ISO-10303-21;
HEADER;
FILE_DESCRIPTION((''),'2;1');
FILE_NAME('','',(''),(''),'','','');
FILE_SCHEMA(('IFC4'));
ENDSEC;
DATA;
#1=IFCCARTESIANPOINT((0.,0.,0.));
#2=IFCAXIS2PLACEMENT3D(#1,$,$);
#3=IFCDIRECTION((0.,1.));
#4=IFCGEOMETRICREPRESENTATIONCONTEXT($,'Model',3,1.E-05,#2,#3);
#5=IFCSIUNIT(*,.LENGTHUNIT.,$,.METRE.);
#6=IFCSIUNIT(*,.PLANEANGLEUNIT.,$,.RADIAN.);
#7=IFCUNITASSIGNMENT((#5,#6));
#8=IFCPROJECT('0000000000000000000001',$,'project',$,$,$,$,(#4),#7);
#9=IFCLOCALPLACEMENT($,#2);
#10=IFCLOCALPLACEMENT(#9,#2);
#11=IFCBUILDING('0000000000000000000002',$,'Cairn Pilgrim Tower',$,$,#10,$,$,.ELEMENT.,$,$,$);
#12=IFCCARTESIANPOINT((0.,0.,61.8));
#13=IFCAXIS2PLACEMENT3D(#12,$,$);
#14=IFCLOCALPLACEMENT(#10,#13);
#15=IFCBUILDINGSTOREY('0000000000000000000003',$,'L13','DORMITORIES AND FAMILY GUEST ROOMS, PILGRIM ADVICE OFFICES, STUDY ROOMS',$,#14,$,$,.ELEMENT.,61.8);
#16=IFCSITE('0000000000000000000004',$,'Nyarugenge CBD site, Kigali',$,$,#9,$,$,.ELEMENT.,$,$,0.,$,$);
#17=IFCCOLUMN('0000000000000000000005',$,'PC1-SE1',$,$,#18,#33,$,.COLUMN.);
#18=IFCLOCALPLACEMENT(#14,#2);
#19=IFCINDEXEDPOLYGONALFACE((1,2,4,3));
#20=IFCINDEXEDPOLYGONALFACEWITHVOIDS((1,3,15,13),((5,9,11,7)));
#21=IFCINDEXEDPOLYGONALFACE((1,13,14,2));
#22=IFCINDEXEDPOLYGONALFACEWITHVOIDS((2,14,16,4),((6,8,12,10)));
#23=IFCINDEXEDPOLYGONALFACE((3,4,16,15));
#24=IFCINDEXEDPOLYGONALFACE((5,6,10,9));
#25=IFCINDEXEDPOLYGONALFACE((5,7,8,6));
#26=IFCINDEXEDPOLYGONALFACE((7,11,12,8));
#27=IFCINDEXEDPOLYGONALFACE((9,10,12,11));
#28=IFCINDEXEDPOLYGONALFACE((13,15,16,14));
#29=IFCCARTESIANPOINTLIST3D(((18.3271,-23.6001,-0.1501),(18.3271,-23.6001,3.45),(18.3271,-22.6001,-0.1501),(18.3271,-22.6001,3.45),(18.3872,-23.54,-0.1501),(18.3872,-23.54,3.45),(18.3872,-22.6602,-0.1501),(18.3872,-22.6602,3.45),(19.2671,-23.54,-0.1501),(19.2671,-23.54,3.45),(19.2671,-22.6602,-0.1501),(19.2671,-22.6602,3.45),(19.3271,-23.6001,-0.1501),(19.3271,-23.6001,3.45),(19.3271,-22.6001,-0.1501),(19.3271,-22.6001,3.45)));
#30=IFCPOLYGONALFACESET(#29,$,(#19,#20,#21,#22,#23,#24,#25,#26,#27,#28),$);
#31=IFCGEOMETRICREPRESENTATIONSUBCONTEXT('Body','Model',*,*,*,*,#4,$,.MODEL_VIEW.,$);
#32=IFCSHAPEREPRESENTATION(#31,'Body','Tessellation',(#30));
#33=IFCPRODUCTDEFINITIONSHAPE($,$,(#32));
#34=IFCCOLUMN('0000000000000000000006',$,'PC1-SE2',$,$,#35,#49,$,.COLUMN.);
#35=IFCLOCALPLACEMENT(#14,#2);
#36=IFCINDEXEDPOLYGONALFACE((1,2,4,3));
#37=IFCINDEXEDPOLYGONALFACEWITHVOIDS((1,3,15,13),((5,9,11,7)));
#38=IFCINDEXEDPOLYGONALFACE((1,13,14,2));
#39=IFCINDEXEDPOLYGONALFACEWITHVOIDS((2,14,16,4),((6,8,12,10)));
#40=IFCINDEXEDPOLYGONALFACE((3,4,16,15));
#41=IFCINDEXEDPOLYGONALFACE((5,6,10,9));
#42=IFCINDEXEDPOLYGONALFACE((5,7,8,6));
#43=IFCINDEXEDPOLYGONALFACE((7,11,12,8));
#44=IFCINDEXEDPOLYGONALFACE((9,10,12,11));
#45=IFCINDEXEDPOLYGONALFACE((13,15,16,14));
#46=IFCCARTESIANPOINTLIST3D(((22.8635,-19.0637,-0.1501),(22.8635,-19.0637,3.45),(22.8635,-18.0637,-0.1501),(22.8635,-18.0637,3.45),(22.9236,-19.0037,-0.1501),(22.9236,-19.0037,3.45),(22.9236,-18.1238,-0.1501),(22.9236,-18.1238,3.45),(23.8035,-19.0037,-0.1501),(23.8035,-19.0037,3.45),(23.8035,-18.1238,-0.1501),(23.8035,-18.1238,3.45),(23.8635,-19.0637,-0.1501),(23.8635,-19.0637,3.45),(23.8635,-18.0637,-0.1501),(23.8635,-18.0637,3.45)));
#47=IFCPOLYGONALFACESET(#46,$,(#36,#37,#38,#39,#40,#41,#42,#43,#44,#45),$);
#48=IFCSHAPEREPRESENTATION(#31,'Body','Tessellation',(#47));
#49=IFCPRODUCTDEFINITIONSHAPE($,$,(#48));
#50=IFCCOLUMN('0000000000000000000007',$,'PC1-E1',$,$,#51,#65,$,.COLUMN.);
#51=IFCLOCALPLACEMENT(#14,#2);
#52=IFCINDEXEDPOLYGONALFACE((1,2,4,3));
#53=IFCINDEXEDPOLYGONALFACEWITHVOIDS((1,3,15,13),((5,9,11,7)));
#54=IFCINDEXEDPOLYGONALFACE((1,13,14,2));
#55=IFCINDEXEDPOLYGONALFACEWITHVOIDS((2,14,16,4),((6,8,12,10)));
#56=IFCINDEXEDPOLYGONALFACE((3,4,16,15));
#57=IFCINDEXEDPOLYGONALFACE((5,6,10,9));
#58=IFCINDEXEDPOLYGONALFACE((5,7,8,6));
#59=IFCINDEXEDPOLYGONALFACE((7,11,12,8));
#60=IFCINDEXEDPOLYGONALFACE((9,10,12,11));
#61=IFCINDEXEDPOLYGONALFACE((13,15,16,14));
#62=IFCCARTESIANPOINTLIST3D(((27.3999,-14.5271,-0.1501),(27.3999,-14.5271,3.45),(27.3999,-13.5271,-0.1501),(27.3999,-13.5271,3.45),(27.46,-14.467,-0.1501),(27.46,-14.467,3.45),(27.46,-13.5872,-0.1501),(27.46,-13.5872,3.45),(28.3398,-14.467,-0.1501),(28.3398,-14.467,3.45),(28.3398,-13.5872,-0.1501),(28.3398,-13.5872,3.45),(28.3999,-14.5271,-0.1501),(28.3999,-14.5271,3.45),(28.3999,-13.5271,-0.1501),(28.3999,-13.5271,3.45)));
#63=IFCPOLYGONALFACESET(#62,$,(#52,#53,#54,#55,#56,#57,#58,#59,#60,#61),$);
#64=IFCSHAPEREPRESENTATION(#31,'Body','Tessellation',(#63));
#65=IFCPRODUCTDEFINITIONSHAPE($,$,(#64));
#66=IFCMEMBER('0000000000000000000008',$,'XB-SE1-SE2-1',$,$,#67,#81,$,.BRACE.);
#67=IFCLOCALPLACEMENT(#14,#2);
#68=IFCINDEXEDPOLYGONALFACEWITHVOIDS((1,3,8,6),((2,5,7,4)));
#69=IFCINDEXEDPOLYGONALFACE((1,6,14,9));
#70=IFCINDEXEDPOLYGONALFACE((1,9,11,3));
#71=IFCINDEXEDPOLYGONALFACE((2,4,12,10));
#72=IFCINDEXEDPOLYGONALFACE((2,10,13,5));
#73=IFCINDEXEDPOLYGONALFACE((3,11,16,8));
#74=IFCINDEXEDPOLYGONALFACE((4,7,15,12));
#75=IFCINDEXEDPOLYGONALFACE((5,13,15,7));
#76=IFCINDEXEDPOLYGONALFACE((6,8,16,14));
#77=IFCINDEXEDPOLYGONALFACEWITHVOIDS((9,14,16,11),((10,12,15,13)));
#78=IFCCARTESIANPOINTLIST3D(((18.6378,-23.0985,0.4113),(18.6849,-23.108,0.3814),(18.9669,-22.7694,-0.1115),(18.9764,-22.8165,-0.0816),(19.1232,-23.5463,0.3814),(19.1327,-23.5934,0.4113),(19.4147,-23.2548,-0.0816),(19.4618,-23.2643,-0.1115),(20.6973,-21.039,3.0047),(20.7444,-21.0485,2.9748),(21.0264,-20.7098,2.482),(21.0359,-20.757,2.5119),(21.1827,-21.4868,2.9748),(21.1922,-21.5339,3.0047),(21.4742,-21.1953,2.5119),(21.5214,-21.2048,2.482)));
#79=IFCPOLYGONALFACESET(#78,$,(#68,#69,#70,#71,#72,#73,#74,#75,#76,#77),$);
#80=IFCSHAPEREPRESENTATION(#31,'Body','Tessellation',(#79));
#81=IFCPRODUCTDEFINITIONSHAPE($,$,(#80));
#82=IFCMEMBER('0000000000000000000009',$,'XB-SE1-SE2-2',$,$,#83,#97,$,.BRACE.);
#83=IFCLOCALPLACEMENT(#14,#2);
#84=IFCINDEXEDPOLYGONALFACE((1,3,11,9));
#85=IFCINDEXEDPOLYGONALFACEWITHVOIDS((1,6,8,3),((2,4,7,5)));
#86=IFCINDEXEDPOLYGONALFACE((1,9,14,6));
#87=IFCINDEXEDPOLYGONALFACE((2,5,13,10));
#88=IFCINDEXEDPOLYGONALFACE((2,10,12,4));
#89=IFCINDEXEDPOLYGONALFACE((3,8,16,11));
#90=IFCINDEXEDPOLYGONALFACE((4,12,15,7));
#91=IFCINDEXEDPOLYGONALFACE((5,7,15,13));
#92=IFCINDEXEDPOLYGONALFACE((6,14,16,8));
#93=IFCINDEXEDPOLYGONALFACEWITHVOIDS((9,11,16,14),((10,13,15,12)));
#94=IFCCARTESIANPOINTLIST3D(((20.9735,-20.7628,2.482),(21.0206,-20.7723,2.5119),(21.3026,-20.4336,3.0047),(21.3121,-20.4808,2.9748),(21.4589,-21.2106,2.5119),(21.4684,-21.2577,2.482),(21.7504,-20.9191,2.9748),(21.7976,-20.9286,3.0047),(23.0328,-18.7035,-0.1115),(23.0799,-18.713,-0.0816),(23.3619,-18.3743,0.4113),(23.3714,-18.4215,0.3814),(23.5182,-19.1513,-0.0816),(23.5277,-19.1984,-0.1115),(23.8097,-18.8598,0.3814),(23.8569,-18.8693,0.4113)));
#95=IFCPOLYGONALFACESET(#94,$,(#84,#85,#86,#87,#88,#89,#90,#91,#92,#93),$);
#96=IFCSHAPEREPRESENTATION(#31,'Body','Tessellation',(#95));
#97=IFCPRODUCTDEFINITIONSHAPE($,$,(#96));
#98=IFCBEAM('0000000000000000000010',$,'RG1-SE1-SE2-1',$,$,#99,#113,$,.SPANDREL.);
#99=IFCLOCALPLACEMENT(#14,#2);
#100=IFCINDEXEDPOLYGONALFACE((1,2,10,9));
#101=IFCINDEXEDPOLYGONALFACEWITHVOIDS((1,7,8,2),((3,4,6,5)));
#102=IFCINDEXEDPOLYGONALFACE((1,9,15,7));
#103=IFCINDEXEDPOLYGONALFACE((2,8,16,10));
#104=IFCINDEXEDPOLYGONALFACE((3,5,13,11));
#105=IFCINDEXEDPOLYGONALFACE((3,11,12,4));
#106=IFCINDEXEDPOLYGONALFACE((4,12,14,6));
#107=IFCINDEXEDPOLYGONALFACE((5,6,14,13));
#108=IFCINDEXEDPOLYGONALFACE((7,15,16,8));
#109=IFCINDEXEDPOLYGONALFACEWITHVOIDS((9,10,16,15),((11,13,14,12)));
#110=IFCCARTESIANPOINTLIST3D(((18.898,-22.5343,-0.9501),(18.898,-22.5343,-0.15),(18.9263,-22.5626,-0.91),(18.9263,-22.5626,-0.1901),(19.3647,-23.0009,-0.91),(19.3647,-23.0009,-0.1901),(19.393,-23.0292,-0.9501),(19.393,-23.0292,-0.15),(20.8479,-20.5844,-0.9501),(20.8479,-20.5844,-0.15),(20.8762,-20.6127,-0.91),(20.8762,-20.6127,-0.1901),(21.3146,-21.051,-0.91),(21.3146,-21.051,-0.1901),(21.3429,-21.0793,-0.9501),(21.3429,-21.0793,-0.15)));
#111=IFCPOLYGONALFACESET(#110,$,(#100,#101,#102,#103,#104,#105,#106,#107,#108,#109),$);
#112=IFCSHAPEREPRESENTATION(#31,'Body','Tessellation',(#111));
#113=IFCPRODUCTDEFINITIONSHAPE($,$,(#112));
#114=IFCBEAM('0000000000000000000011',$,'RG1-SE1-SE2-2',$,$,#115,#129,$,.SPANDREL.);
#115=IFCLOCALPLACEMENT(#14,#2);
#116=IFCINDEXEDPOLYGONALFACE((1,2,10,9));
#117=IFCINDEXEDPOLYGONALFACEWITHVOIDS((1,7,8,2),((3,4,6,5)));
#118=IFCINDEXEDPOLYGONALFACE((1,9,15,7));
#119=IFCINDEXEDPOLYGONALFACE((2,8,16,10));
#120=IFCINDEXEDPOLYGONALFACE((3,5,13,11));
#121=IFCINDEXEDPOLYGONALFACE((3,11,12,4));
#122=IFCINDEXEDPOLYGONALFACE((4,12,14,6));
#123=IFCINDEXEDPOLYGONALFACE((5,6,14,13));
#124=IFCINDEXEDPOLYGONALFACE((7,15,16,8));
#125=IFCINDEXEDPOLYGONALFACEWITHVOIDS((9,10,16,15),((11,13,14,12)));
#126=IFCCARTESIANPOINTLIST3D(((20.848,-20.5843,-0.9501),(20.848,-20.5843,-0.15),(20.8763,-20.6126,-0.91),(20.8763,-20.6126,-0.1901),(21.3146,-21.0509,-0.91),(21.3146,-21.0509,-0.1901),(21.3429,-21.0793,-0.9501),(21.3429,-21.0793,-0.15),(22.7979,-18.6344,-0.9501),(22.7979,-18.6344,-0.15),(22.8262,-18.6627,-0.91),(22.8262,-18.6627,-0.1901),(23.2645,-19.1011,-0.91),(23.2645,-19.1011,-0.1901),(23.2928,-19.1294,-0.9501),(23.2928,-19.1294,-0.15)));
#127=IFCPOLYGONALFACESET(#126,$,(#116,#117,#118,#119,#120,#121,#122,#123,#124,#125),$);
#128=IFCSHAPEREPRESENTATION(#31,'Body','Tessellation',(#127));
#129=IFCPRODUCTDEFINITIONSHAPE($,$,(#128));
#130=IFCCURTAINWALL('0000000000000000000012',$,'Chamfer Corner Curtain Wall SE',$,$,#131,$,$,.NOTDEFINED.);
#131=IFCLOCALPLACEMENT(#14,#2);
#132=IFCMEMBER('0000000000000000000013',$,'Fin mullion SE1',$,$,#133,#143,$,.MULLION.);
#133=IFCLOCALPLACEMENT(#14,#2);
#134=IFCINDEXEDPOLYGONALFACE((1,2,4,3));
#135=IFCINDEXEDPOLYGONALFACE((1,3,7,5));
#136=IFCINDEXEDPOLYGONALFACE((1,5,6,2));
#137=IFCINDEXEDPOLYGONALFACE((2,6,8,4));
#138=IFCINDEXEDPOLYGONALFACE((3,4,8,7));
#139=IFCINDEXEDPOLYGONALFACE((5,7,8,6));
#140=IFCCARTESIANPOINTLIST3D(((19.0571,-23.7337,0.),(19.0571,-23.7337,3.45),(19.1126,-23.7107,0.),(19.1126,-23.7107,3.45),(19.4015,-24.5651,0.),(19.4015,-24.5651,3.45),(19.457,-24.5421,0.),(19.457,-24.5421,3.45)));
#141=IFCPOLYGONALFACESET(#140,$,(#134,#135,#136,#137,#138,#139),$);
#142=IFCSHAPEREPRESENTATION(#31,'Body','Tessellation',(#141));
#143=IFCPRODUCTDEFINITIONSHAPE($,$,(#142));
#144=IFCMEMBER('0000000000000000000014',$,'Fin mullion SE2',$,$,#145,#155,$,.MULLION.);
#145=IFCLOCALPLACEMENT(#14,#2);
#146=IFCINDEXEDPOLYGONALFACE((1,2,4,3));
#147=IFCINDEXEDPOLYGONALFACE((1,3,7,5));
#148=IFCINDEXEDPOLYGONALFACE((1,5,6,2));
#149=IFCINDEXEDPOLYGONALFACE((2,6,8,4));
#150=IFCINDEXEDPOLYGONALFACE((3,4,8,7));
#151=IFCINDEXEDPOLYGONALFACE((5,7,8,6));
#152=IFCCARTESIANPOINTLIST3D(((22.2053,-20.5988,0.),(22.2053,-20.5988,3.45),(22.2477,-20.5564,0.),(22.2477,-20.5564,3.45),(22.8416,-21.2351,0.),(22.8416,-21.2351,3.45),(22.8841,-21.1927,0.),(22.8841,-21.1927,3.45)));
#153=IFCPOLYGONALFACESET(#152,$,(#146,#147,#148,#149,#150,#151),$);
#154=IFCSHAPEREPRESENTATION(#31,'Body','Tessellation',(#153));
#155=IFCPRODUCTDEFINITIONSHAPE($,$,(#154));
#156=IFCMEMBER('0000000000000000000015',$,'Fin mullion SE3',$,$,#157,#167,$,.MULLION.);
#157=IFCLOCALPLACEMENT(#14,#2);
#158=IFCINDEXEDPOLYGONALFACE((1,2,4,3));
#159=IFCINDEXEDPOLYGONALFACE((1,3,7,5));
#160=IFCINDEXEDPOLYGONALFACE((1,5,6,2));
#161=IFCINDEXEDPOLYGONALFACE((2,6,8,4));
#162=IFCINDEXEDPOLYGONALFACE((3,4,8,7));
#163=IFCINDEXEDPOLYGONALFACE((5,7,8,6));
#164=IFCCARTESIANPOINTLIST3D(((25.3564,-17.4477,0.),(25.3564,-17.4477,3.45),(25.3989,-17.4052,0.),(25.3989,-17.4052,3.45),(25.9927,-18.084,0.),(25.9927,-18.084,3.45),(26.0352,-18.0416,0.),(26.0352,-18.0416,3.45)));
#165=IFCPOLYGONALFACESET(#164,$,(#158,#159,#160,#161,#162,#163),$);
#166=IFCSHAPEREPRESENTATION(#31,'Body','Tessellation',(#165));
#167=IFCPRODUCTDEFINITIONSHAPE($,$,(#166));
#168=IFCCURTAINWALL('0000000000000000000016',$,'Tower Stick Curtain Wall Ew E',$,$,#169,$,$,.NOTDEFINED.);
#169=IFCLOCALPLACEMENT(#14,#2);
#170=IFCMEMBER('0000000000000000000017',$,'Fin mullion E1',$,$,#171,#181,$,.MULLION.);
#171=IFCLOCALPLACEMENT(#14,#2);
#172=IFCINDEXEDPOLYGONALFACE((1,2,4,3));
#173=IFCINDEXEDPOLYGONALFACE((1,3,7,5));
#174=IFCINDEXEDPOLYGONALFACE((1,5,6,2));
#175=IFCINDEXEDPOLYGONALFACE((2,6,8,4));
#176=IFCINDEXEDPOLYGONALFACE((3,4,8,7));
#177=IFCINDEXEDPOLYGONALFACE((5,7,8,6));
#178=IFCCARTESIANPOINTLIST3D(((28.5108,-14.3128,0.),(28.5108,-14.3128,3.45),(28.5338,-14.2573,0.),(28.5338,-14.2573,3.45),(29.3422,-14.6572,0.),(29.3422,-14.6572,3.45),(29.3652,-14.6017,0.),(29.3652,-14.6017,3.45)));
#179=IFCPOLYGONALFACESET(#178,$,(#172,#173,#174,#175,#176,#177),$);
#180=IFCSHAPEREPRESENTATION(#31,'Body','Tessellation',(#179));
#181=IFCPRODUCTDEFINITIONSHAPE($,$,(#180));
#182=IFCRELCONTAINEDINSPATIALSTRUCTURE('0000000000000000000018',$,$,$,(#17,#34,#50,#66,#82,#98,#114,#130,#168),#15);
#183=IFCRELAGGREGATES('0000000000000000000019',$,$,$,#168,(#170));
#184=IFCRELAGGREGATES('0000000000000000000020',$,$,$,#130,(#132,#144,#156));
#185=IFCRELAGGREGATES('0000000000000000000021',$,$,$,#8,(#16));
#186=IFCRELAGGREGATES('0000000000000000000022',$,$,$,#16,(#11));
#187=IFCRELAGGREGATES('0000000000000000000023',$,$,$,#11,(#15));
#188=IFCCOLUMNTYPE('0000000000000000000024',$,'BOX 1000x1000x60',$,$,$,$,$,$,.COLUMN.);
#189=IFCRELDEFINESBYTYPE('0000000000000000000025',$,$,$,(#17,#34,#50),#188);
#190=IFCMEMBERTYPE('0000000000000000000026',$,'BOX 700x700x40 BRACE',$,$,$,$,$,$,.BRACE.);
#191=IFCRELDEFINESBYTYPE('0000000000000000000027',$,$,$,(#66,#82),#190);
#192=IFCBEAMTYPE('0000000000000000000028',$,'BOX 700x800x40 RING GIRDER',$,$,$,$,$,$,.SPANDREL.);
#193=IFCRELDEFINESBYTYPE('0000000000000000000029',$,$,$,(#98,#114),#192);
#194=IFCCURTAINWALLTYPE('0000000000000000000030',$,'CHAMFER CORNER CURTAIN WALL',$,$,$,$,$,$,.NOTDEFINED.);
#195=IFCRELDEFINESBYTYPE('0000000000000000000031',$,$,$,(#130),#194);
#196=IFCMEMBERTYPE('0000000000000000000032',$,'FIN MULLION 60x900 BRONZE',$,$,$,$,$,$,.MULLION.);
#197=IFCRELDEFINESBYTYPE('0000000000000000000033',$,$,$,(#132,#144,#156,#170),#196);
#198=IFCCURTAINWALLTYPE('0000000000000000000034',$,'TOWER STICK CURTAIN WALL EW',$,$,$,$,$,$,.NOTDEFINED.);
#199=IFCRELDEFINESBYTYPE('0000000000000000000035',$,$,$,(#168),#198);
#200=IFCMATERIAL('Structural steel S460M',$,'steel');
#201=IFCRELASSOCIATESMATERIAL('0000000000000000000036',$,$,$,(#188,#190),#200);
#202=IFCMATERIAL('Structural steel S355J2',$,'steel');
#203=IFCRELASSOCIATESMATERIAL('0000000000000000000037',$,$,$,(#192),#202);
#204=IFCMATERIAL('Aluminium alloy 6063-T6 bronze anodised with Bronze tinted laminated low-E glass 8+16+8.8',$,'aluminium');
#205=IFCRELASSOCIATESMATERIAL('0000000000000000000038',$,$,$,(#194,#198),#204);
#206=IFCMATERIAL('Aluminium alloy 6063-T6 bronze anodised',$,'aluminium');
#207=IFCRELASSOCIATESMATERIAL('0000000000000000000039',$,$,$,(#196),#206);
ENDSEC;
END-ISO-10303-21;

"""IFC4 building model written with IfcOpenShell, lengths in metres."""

from ifc_helpers import new_model, si_unit, direction, frame, origin, origin_2d, place, context, subcontext, project, spatial, rectangle, hollow_rectangle, extrude, material, material_profile, profile_set, type_object, element, aggregate, save


model = new_model("IFC4")

# Units and contexts
model_context = context("Model", 3, precision=1e-05, world=origin(), true_north=direction((0.0, 1.0)))
body_context = subcontext(model_context, "Body", "Model", "MODEL_VIEW")
ifc_project = project(units=[si_unit("LENGTHUNIT", "METRE"), si_unit("PLANEANGLEUNIT", "RADIAN")], contexts=[model_context])

# Site, building, storey
site_placement = place(None, origin())
site = spatial("IfcSite", under=ifc_project, at=site_placement, Name="Nyarugenge CBD site, Kigali", CompositionType="ELEMENT", RefElevation=0.0)
building_placement = place(site_placement, origin())
building = spatial("IfcBuilding", under=site, at=building_placement, Name="Cairn Pilgrim Tower", CompositionType="ELEMENT")
storey_placement = place(building_placement, frame((0.0, 0.0, 61.8)))
storey = spatial("IfcBuildingStorey", under=building, at=storey_placement, Name="L13", Description="DORMITORIES AND FAMILY GUEST ROOMS, PILGRIM ADVICE OFFICES, STUDY ROOMS", CompositionType="ELEMENT", Elevation=61.8)

# Columns
ifc_material_1 = material(Name="Structural steel S460M", Category="steel")
ifc_material_profile_1 = material_profile(ifc_material_1, hollow_rectangle(XDim=1.0, YDim=1.0, WallThickness=0.0601, at=origin_2d()), Name="BOX 1000x1000x60")
ifc_profile_set_1 = profile_set([ifc_material_profile_1], Name="Structural steel S460M")
column_type = type_object("IfcColumnType", Name="BOX 1000x1000x60", PredefinedType="COLUMN", material=ifc_profile_set_1)
for number, where, z_axis, x_axis, name in (
    (1, (18.8271, -23.1001, -0.1501), (0.0, 0.0, 1.0), (1.0, 0.0, 0.0), "PC1-SE1"),
    (2, (23.3635, -18.5637, -0.1501), (0.0, 0.0, 1.0), (1.0, 0.0, 0.0), "PC1-SE2"),
    (3, (27.8999, -14.0271, -0.1501), (0.0, 0.0, 1.0), (1.0, 0.0, 0.0), "PC1-E1"),
):
    element("IfcColumn", number, at=place(storey_placement, frame(where, z_axis=z_axis, x_axis=x_axis)), inside=storey, type_object=column_type, Name=name, PredefinedType="COLUMN", context=body_context, shape_type="SweptSolid", body=[
        extrude(hollow_rectangle(XDim=1.0, YDim=1.0, WallThickness=0.0601, at=origin_2d()), origin(), (0.0, 0.0, 1.0), 3.6001),
    ])

# Members
ifc_material_profile_2 = material_profile(ifc_material_1, hollow_rectangle(XDim=0.7, YDim=0.7, WallThickness=0.04, at=origin_2d()), Name="BOX 700x700x40")
ifc_profile_set_2 = profile_set([ifc_material_profile_2], Name="Structural steel S460M")
member_type_1 = type_object("IfcMemberType", Name="BOX 700x700x40 BRACE", PredefinedType="BRACE", material=ifc_profile_set_2)
member_1_placement = place(storey_placement, frame((19.0498, -23.1814, 0.1499), z_axis=(0.528096, 0.528096, 0.665003), x_axis=(-0.707107, 0.707107, 0.0)))
element("IfcMember", 4, at=member_1_placement, inside=storey, type_object=member_type_1, Name="XB-SE1-SE2-1", PredefinedType="BRACE", context=body_context, shape_type="SweptSolid", body=[
    extrude(hollow_rectangle(XDim=0.7, YDim=0.7, WallThickness=0.04, at=origin_2d()), origin(), (0.0, 0.0, 1.0), 3.8999),
])
member_2_placement = place(storey_placement, frame((23.4448, -18.7864, 0.1499), z_axis=(-0.528068, -0.528068, 0.665047), x_axis=(0.707107, -0.707107, 0.0)))
element("IfcMember", 5, at=member_2_placement, inside=storey, type_object=member_type_1, Name="XB-SE1-SE2-2", PredefinedType="BRACE", context=body_context, shape_type="SweptSolid", body=[
    extrude(hollow_rectangle(XDim=0.7, YDim=0.7, WallThickness=0.04, at=origin_2d()), origin(), (0.0, 0.0, 1.0), 3.8997),
])

# Beams
ifc_material_2 = material(Name="Structural steel S355J2", Category="steel")
ifc_material_profile_3 = material_profile(ifc_material_2, hollow_rectangle(XDim=0.7, YDim=0.8, WallThickness=0.04, at=origin_2d()), Name="BOX 700x800x40")
ifc_profile_set_3 = profile_set([ifc_material_profile_3], Name="Structural steel S355J2")
beam_type_1 = type_object("IfcBeamType", Name="BOX 700x800x40 RING GIRDER", PredefinedType="SPANDREL", material=ifc_profile_set_3)
for number, where, z_axis, x_axis, name in (
    (6, (19.1455, -22.7817, -0.55), (0.707107, 0.707107, 0.0), (-0.707107, 0.707107, 0.0), "RG1-SE1-SE2-1"),
    (7, (21.0955, -20.8318, -0.55), (0.707107, 0.707107, 0.0), (-0.707107, 0.707107, 0.0), "RG1-SE1-SE2-2"),
):
    element("IfcBeam", number, at=place(storey_placement, frame(where, z_axis=z_axis, x_axis=x_axis)), inside=storey, type_object=beam_type_1, Name=name, PredefinedType="SPANDREL", context=body_context, shape_type="SweptSolid", body=[
        extrude(hollow_rectangle(XDim=0.7, YDim=0.8, WallThickness=0.04, at=origin_2d()), origin(), (0.0, 0.0, 1.0), 2.7576),
    ])

# Curtain wall, members
ifc_material_3 = material(Name="Aluminium alloy 6063-T6 bronze anodised with Bronze tinted laminated low-E glass 8+16+8.8", Category="aluminium")
curtain_wall_type_1 = type_object("IfcCurtainWallType", Name="CHAMFER CORNER CURTAIN WALL", PredefinedType="NOTDEFINED", material=ifc_material_3)
curtain_wall_1_placement = place(storey_placement, origin())
curtain_wall_1 = element("IfcCurtainWall", 8, at=curtain_wall_1_placement, inside=storey, type_object=curtain_wall_type_1, Name="Chamfer Corner Curtain Wall SE", PredefinedType="NOTDEFINED")
ifc_material_4 = material(Name="Aluminium alloy 6063-T6 bronze anodised", Category="aluminium")
ifc_material_profile_4 = material_profile(ifc_material_4, rectangle(XDim=0.8999, YDim=0.0601, at=origin_2d()), Name="FIN MULLION 60x900 BRONZE")
ifc_profile_set_4 = profile_set([ifc_material_profile_4], Name="Aluminium alloy 6063-T6 bronze anodised")
member_type_2 = type_object("IfcMemberType", Name="FIN MULLION 60x900 BRONZE", PredefinedType="MULLION", material=ifc_profile_set_4)
member_3_placement = place(storey_placement, frame((19.2571, -24.1379, 0.0), z_axis=(0.0, 0.0, 1.0), x_axis=(0.382683, -0.92388, 0.0)))
member_3 = element("IfcMember", 9, at=member_3_placement, type_object=member_type_2, Name="Fin mullion SE1", PredefinedType="MULLION", context=body_context, shape_type="SweptSolid", body=[
    extrude(rectangle(XDim=0.8999, YDim=0.0601, at=origin_2d()), origin(), (0.0, 0.0, 1.0), 3.45),
])
member_4_placement = place(storey_placement, frame((22.5447, -20.8958, 0.0), z_axis=(0.0, 0.0, 1.0), x_axis=(0.707107, -0.707107, 0.0)))
member_4 = element("IfcMember", 10, at=member_4_placement, type_object=member_type_2, Name="Fin mullion SE2", PredefinedType="MULLION", context=body_context, shape_type="SweptSolid", body=[
    extrude(rectangle(XDim=0.8999, YDim=0.0601, at=origin_2d()), origin(), (0.0, 0.0, 1.0), 3.45),
])
member_5_placement = place(storey_placement, frame((25.6958, -17.7446, 0.0), z_axis=(0.0, 0.0, 1.0), x_axis=(0.707107, -0.707107, 0.0)))
member_5 = element("IfcMember", 11, at=member_5_placement, type_object=member_type_2, Name="Fin mullion SE3", PredefinedType="MULLION", context=body_context, shape_type="SweptSolid", body=[
    extrude(rectangle(XDim=0.8999, YDim=0.0601, at=origin_2d()), origin(), (0.0, 0.0, 1.0), 3.45),
])

# Curtain wall, member
curtain_wall_type_2 = type_object("IfcCurtainWallType", Name="TOWER STICK CURTAIN WALL EW", PredefinedType="NOTDEFINED", material=ifc_material_3)
curtain_wall_2_placement = place(storey_placement, origin())
curtain_wall_2 = element("IfcCurtainWall", 12, at=curtain_wall_2_placement, inside=storey, type_object=curtain_wall_type_2, Name="Tower Stick Curtain Wall Ew E", PredefinedType="NOTDEFINED")
member_6_placement = place(storey_placement, frame((28.938, -14.4573, 0.0), z_axis=(0.0, 0.0, 1.0), x_axis=(0.92388, -0.382683, 0.0)))
member_6 = element("IfcMember", 13, at=member_6_placement, type_object=member_type_2, Name="Fin mullion E1", PredefinedType="MULLION", context=body_context, shape_type="SweptSolid", body=[
    extrude(rectangle(XDim=0.8999, YDim=0.0601, at=origin_2d()), origin(), (0.0, 0.0, 1.0), 3.45),
])

aggregate(curtain_wall_2, [member_6])

aggregate(curtain_wall_1, [member_3, member_4, member_5])

save(model, "model.ifc")
